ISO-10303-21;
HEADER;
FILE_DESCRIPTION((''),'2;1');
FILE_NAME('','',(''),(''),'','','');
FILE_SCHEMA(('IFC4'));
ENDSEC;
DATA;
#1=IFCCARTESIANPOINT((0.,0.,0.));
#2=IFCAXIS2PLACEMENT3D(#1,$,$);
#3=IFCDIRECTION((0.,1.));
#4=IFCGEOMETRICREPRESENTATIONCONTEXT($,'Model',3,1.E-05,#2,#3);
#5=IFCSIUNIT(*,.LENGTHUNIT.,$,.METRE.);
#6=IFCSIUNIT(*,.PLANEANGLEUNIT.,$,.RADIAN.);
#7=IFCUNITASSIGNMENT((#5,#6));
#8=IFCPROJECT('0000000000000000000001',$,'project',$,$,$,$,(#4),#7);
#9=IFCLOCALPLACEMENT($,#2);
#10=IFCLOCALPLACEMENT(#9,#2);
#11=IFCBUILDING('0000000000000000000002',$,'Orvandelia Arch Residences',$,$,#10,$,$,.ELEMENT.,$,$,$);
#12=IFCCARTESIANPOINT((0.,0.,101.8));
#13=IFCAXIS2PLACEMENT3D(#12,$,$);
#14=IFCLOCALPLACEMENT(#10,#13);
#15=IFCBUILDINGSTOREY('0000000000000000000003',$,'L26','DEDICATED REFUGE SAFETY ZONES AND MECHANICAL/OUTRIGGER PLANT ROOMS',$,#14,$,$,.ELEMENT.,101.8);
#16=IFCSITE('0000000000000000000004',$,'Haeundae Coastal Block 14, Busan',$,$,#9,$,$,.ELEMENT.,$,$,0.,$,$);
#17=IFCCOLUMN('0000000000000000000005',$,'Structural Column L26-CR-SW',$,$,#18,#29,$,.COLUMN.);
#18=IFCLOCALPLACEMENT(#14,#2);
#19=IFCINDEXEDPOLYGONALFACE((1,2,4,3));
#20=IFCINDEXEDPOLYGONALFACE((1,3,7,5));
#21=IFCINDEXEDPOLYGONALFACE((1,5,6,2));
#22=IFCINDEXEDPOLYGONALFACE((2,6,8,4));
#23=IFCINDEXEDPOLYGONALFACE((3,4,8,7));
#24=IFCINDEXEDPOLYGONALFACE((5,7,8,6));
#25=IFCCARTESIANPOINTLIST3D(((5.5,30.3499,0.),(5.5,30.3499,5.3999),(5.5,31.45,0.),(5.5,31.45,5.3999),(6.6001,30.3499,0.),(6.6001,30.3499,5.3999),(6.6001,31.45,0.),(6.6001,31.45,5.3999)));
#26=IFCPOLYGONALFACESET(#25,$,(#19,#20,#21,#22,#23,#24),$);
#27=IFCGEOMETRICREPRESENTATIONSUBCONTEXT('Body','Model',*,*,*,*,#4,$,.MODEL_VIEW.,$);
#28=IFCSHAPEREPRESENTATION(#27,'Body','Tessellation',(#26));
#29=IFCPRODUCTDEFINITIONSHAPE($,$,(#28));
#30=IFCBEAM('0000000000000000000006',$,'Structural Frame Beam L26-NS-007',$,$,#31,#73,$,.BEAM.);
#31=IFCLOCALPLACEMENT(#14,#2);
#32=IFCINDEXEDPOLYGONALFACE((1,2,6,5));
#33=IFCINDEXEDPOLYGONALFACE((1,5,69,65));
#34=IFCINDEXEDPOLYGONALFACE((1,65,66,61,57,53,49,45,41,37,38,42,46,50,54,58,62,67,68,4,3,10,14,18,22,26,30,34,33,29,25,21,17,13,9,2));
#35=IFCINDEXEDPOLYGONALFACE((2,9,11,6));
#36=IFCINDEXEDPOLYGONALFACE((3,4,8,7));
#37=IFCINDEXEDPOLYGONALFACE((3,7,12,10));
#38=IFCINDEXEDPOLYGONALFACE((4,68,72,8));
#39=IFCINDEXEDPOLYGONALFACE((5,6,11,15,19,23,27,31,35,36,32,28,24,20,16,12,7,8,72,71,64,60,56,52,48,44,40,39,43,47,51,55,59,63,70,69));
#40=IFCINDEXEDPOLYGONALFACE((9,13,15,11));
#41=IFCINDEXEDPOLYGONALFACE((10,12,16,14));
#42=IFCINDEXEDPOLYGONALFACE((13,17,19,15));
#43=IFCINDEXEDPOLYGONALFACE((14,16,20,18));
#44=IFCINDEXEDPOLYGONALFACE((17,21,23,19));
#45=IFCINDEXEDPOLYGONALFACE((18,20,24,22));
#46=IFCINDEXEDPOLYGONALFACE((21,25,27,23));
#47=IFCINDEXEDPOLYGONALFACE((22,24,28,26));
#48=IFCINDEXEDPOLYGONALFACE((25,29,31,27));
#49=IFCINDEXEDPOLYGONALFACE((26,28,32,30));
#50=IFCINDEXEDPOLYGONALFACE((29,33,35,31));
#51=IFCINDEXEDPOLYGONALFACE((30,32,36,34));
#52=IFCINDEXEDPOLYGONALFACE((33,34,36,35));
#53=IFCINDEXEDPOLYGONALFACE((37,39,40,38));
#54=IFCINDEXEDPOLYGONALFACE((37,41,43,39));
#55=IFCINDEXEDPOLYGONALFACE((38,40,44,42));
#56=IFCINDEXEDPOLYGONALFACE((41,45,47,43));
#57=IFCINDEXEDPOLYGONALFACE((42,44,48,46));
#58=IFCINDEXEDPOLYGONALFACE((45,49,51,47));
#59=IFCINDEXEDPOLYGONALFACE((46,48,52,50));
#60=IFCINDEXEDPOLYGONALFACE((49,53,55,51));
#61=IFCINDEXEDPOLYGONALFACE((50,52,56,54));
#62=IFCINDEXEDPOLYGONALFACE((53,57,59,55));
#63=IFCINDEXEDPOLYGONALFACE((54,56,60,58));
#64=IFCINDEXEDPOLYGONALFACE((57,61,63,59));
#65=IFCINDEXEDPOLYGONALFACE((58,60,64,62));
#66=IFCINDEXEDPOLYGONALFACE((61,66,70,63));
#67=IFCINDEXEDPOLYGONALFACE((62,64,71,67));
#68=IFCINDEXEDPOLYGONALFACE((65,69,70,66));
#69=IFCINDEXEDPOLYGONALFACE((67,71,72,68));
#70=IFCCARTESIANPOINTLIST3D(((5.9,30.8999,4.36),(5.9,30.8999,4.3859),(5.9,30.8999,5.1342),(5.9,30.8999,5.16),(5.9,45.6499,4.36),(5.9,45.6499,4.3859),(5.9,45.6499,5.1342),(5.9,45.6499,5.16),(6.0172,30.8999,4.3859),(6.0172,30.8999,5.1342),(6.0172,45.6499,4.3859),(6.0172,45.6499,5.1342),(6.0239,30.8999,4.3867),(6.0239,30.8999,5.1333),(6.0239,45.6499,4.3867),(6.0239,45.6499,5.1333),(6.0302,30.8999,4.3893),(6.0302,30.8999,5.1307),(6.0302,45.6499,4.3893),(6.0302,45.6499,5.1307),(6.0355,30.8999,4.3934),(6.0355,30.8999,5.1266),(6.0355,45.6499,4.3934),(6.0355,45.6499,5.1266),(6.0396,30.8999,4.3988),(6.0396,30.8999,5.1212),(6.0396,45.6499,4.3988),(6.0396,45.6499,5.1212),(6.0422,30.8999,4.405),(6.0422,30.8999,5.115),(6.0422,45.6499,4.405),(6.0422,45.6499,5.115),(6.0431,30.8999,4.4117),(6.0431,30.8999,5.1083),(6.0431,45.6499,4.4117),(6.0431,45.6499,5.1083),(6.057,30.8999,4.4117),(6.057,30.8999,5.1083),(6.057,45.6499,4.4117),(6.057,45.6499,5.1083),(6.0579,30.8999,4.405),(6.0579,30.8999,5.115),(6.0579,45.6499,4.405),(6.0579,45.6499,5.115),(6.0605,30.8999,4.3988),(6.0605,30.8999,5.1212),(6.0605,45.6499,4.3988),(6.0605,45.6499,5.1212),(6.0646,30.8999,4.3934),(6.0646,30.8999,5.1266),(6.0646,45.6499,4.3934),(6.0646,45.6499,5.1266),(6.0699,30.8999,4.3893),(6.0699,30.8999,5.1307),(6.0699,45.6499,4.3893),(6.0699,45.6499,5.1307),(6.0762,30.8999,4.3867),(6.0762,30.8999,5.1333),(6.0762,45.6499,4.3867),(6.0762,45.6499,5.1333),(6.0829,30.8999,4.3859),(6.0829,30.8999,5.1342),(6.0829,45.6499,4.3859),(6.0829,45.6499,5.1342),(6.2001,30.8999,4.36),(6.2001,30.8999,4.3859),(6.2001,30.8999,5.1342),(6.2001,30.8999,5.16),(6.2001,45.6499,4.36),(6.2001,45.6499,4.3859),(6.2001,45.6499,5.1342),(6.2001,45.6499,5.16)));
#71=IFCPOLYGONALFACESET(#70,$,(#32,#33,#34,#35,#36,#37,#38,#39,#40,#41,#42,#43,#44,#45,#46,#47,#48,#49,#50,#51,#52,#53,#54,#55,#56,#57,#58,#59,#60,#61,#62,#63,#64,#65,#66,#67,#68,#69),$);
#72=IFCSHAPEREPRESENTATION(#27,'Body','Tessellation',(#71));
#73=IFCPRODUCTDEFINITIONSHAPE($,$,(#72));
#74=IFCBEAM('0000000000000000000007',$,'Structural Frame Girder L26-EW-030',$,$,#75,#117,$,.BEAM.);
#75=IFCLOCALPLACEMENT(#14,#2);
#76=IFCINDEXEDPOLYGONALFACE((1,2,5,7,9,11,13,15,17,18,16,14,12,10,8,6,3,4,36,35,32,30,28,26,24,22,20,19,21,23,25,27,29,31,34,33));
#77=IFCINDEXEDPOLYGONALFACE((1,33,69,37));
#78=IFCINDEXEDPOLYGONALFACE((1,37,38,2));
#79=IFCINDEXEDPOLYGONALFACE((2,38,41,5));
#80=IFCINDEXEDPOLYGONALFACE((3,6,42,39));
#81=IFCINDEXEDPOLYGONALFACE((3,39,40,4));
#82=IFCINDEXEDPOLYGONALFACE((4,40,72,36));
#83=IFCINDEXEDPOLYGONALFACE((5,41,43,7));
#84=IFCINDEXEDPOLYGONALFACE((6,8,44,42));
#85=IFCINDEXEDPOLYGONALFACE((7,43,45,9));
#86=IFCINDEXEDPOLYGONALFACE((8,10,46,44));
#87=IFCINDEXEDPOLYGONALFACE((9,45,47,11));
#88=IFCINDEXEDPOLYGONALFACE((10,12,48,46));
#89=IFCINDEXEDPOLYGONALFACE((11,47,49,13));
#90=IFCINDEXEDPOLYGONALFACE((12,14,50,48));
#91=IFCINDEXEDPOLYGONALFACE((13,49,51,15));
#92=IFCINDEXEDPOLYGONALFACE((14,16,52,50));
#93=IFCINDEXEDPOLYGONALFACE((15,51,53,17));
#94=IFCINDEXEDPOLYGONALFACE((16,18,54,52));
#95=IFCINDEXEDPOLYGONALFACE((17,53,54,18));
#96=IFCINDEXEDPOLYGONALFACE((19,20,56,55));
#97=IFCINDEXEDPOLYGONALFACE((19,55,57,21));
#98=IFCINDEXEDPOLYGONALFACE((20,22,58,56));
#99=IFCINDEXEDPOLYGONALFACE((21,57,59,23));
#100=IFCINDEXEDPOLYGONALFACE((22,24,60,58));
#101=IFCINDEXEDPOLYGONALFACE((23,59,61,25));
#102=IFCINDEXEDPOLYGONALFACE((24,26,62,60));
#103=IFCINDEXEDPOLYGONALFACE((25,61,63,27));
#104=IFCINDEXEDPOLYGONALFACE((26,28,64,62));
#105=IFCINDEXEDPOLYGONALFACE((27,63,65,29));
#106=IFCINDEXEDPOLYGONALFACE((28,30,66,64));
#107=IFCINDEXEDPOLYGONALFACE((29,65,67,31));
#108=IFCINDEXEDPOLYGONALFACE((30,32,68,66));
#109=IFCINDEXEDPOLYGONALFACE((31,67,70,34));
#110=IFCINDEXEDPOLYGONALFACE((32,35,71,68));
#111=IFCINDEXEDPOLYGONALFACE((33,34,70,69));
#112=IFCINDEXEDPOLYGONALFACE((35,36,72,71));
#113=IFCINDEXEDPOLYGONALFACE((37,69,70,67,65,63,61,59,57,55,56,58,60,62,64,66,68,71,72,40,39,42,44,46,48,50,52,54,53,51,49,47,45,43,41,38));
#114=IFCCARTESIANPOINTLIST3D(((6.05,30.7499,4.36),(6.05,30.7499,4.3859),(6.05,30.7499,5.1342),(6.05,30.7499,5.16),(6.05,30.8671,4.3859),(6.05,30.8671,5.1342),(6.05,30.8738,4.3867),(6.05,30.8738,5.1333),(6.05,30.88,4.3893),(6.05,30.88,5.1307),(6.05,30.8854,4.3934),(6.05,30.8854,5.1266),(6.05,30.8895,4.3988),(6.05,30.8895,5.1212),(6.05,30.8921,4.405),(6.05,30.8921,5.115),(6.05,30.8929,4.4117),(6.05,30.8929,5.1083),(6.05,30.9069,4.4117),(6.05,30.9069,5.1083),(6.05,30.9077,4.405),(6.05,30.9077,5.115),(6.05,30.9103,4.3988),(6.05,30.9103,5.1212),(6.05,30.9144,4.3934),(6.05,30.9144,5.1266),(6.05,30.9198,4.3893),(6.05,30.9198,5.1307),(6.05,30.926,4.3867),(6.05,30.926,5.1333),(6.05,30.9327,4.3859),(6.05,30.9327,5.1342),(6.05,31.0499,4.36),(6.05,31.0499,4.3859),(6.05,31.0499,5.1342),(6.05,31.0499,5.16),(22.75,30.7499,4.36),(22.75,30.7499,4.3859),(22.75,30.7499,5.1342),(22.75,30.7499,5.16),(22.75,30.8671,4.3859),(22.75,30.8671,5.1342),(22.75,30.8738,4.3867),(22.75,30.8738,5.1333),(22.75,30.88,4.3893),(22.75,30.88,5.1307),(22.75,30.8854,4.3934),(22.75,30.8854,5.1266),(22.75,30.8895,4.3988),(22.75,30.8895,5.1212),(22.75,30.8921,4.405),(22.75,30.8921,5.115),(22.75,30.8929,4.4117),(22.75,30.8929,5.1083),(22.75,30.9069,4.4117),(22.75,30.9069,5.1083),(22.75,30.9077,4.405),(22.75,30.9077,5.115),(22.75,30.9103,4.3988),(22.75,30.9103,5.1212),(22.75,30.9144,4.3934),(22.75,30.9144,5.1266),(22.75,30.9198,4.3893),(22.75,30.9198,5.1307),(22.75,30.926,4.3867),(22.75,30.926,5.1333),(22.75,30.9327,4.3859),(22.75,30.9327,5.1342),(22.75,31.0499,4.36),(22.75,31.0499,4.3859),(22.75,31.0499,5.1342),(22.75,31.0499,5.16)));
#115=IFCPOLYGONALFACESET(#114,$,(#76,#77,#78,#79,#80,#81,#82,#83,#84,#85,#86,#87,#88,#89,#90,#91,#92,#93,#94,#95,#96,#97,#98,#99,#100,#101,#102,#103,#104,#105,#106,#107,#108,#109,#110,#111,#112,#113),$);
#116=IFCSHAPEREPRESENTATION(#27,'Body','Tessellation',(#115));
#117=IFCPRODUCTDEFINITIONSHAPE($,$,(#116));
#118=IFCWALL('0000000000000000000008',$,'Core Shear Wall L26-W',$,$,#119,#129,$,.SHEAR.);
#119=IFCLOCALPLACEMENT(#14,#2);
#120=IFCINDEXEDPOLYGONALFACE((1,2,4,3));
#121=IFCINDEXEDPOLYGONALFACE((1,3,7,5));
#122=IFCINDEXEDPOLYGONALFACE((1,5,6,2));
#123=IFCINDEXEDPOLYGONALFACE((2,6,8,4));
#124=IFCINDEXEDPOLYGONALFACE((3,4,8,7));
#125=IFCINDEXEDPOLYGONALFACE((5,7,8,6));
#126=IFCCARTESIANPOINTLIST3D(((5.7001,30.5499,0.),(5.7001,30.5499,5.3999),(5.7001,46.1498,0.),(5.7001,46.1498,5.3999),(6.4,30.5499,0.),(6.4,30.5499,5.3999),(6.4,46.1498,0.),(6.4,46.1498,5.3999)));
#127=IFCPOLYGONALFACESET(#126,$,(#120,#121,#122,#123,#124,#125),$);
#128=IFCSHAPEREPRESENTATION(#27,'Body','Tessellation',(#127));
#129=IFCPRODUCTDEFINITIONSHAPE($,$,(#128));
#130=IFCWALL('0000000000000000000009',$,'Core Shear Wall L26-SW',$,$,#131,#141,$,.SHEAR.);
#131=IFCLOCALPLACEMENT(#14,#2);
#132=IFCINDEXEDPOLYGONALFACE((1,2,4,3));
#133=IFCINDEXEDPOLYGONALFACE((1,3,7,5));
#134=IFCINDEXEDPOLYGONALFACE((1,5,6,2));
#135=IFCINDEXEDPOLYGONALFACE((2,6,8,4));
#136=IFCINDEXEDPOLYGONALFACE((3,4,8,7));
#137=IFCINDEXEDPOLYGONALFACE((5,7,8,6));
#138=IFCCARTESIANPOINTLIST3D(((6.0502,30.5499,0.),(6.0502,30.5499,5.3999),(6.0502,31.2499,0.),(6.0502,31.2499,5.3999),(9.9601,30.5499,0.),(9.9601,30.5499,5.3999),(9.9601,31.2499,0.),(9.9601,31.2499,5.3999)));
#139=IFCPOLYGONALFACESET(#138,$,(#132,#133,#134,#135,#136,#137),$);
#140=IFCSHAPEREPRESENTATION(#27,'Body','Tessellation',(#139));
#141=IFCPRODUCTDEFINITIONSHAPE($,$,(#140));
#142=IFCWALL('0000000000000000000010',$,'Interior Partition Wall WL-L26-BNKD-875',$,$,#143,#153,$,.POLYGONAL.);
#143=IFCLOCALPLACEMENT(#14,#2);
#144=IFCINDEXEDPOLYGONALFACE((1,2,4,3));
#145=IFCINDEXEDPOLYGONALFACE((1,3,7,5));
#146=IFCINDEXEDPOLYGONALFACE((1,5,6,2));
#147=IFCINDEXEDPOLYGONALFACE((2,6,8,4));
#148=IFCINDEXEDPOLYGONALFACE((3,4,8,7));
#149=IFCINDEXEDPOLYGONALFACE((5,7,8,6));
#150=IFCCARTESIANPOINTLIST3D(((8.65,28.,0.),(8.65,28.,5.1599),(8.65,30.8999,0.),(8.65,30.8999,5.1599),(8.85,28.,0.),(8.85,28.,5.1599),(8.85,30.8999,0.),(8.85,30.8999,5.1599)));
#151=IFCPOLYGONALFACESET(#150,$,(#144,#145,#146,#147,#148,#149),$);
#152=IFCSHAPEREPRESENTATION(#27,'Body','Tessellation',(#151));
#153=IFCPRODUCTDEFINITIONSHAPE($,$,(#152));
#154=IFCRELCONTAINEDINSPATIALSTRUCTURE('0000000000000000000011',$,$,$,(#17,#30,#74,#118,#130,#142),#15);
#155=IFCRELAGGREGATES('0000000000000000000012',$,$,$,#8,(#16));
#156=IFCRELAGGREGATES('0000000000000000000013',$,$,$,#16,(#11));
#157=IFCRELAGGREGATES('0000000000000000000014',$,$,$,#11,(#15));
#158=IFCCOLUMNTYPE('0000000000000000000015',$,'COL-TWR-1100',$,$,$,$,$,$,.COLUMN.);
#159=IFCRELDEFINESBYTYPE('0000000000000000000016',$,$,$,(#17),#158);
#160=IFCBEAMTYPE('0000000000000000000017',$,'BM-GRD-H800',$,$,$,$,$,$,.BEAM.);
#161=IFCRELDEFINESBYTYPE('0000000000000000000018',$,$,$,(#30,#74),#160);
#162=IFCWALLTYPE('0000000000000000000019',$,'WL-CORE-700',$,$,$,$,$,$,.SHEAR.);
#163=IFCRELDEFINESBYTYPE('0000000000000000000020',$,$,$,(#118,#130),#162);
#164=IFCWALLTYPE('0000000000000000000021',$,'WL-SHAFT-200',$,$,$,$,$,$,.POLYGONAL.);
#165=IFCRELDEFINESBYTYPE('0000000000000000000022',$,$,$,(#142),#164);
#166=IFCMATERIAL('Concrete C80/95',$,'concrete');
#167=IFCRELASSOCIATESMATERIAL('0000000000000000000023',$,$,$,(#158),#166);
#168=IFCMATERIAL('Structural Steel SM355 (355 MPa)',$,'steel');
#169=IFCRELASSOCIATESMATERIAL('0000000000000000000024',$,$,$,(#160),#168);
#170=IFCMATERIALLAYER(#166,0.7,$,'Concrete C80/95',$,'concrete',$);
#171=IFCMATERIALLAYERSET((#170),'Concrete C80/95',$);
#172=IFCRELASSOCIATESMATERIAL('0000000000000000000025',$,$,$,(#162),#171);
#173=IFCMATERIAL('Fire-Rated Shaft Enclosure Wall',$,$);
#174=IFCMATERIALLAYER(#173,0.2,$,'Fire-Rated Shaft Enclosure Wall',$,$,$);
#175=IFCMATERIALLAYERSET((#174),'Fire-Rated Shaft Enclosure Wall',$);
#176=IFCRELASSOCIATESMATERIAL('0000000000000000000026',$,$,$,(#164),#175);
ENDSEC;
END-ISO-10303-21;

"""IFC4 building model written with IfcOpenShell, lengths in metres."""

from ifc_helpers import new_model, si_unit, direction, frame, frame_2d, origin, origin_2d, place, context, subcontext, project, spatial, rectangle, i_section, extrude, material, layer, layer_set, material_profile, profile_set, type_object, element, save


model = new_model("IFC4")

# Units and contexts
model_context = context("Model", 3, precision=1e-05, world=origin(), true_north=direction((0.0, 1.0)))
body_context = subcontext(model_context, "Body", "Model", "MODEL_VIEW")
ifc_project = project(units=[si_unit("LENGTHUNIT", "METRE"), si_unit("PLANEANGLEUNIT", "RADIAN")], contexts=[model_context])

# Site, building, storey
site_placement = place(None, origin())
site = spatial("IfcSite", under=ifc_project, at=site_placement, Name="Haeundae Coastal Block 14, Busan", CompositionType="ELEMENT", RefElevation=0.0)
building_placement = place(site_placement, origin())
building = spatial("IfcBuilding", under=site, at=building_placement, Name="Orvandelia Arch Residences", CompositionType="ELEMENT")
storey_placement = place(building_placement, frame((0.0, 0.0, 101.8)))
storey = spatial("IfcBuildingStorey", under=building, at=storey_placement, Name="L26", Description="DEDICATED REFUGE SAFETY ZONES AND MECHANICAL/OUTRIGGER PLANT ROOMS", CompositionType="ELEMENT", Elevation=101.8)

# Column
ifc_material_1 = material(Name="Concrete C80/95", Category="concrete")
ifc_material_profile_1 = material_profile(ifc_material_1, rectangle(XDim=1.1001, YDim=1.1001, at=origin_2d()), Name="Concrete C80/95", Category="concrete")
ifc_profile_set_1 = profile_set([ifc_material_profile_1], Name="Concrete C80/95")
column_type = type_object("IfcColumnType", Name="COL-TWR-1100", PredefinedType="COLUMN", material=ifc_profile_set_1)
column_placement = place(storey_placement, frame((6.05, 30.8999, 0.0), z_axis=(0.0, 0.0, 1.0), x_axis=(1.0, 0.0, 0.0)))
element("IfcColumn", 1, at=column_placement, inside=storey, type_object=column_type, Name="Structural Column L26-CR-SW", PredefinedType="COLUMN", context=body_context, shape_type="SweptSolid", body=[
    extrude(rectangle(XDim=1.1001, YDim=1.1001, at=origin_2d()), origin(), (0.0, 0.0, 1.0), 5.3999),
])

# Beams
ifc_material_2 = material(Name="Structural Steel SM355 (355 MPa)", Category="steel")
ifc_material_profile_2 = material_profile(ifc_material_2, i_section(OverallWidth=0.3, OverallDepth=0.8, WebThickness=0.0139, FlangeThickness=0.0259, FilletRadius=0.0259, at=origin_2d()), Name="Structural Steel SM355 (355 MPa)", Category="steel")
ifc_profile_set_2 = profile_set([ifc_material_profile_2], Name="Structural Steel SM355 (355 MPa)")
beam_type = type_object("IfcBeamType", Name="BM-GRD-H800", PredefinedType="BEAM", material=ifc_profile_set_2)
beam_1_placement = place(storey_placement, frame((6.05, 30.8999, 4.76), z_axis=(0.0, 1.0, 0.0), x_axis=(-1.0, 0.0, 0.0)))
element("IfcBeam", 2, at=beam_1_placement, inside=storey, type_object=beam_type, Name="Structural Frame Beam L26-NS-007", PredefinedType="BEAM", context=body_context, shape_type="SweptSolid", body=[
    extrude(i_section(OverallWidth=0.3, OverallDepth=0.8, WebThickness=0.0139, FlangeThickness=0.0259, FilletRadius=0.0259, at=origin_2d()), origin(), (0.0, 0.0, 1.0), 14.75),
])
beam_2_placement = place(storey_placement, frame((6.05, 30.8999, 4.76), z_axis=(1.0, 0.0, 0.0), x_axis=(0.0, 1.0, 0.0)))
element("IfcBeam", 3, at=beam_2_placement, inside=storey, type_object=beam_type, Name="Structural Frame Girder L26-EW-030", PredefinedType="BEAM", context=body_context, shape_type="SweptSolid", body=[
    extrude(i_section(OverallWidth=0.3, OverallDepth=0.8, WebThickness=0.0139, FlangeThickness=0.0259, FilletRadius=0.0259, at=origin_2d()), origin(), (0.0, 0.0, 1.0), 16.7),
])

# Walls
ifc_layer_1 = layer(ifc_material_1, 0.7, Name="Concrete C80/95", Category="concrete")
ifc_layer_set_1 = layer_set([ifc_layer_1], Name="Concrete C80/95")
wall_type_1 = type_object("IfcWallType", Name="WL-CORE-700", PredefinedType="SHEAR", material=ifc_layer_set_1)
wall_1_placement = place(storey_placement, frame((6.05, 30.55, 0.0), z_axis=(0.0, 0.0, 1.0), x_axis=(0.0, 1.0, 0.0)))
element("IfcWall", 4, at=wall_1_placement, inside=storey, type_object=wall_type_1, Name="Core Shear Wall L26-W", PredefinedType="SHEAR", context=body_context, shape_type="SweptSolid", body=[
    extrude(rectangle(XDim=15.5999, YDim=0.7, at=frame_2d((7.7998, 0.0))), origin(), (0.0, 0.0, 1.0), 5.3999),
])
wall_2_placement = place(storey_placement, frame((6.05, 30.8999, 0.0), z_axis=(0.0, 0.0, 1.0), x_axis=(1.0, 0.0, 0.0)))
element("IfcWall", 5, at=wall_2_placement, inside=storey, type_object=wall_type_1, Name="Core Shear Wall L26-SW", PredefinedType="SHEAR", context=body_context, shape_type="SweptSolid", body=[
    extrude(rectangle(XDim=3.9099, YDim=0.7, at=frame_2d((1.9551, 0.0))), origin(), (0.0, 0.0, 1.0), 5.3999),
])
ifc_material_3 = material(Name="Fire-Rated Shaft Enclosure Wall")
ifc_layer_2 = layer(ifc_material_3, 0.2, Name="Fire-Rated Shaft Enclosure Wall")
ifc_layer_set_2 = layer_set([ifc_layer_2], Name="Fire-Rated Shaft Enclosure Wall")
wall_type_2 = type_object("IfcWallType", Name="WL-SHAFT-200", PredefinedType="POLYGONAL", material=ifc_layer_set_2)
wall_3_placement = place(storey_placement, frame((8.75, 28.0, 0.0), z_axis=(0.0, 0.0, 1.0), x_axis=(0.0, 1.0, 0.0)))
element("IfcWall", 6, at=wall_3_placement, inside=storey, type_object=wall_type_2, Name="Interior Partition Wall WL-L26-BNKD-875", PredefinedType="POLYGONAL", context=body_context, shape_type="SweptSolid", body=[
    extrude(rectangle(XDim=2.8999, YDim=0.2, at=frame_2d((1.45, 0.0))), origin(), (0.0, 0.0, 1.0), 5.1599),
])

save(model, "model.ifc")
